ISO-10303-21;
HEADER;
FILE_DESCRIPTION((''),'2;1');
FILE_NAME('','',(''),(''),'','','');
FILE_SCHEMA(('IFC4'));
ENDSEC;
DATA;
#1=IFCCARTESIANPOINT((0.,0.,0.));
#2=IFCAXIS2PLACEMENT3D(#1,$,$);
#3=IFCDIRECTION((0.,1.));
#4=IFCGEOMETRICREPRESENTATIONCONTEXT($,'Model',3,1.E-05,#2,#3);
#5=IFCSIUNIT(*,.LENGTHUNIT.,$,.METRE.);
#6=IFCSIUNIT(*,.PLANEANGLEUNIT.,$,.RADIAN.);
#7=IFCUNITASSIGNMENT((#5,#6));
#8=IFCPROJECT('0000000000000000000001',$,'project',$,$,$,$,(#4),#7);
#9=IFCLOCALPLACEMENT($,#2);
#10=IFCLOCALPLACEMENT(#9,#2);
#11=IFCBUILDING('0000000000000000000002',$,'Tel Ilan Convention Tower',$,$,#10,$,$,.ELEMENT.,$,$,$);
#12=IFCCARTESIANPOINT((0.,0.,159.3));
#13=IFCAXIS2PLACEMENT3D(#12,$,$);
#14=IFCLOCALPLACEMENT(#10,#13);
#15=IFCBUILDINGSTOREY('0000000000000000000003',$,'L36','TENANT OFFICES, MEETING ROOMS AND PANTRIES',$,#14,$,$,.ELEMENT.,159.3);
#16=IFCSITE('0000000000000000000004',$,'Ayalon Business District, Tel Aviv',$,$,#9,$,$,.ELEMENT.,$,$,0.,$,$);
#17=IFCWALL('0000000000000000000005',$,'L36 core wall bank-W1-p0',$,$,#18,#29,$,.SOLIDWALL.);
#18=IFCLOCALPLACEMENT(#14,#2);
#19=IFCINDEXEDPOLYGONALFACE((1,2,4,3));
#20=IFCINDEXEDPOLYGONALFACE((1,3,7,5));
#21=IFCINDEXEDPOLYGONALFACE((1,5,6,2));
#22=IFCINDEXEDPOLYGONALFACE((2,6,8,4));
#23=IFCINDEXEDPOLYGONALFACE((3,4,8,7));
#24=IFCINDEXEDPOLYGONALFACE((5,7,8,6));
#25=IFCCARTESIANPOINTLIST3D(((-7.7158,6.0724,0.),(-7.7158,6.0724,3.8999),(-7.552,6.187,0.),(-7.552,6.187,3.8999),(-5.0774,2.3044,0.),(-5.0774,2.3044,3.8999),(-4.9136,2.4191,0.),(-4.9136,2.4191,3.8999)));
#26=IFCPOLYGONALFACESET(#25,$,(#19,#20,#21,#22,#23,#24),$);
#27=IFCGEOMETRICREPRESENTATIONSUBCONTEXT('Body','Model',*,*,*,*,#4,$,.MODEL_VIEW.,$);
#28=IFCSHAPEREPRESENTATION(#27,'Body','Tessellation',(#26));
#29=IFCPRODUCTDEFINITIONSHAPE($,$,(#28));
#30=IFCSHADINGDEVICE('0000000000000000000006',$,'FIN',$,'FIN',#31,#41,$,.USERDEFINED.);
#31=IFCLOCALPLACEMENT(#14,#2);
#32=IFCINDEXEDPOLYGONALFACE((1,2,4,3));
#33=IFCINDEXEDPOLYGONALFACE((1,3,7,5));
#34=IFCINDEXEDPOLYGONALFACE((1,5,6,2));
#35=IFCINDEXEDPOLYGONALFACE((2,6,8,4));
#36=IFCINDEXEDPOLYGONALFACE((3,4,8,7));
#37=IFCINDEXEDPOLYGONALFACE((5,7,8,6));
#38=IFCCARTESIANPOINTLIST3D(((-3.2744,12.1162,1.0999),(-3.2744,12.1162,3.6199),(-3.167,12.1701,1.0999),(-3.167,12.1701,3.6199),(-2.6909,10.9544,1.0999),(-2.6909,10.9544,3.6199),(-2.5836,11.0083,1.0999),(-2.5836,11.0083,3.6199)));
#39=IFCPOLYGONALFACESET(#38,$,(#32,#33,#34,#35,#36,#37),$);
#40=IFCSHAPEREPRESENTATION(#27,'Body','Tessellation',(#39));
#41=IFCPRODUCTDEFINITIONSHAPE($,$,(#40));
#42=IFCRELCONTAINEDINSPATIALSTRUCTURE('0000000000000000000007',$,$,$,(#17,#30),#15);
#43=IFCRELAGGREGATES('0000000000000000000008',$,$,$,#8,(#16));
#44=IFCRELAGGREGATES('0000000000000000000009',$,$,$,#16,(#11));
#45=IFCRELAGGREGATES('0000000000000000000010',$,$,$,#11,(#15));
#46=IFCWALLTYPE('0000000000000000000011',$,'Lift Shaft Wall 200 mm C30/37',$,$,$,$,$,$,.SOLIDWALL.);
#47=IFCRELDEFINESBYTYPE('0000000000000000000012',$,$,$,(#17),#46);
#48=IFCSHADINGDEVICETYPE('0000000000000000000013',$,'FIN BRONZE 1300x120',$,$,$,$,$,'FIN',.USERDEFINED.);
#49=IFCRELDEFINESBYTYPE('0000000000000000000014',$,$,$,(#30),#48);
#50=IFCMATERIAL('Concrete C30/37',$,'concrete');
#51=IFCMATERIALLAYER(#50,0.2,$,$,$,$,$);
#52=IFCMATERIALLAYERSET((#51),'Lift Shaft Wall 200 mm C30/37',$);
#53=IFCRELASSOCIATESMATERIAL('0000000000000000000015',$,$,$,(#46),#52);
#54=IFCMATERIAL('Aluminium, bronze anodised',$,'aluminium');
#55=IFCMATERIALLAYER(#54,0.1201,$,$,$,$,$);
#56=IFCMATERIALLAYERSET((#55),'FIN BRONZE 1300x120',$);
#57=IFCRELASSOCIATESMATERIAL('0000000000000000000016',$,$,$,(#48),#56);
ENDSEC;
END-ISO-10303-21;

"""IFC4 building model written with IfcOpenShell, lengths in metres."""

from ifc_helpers import new_model, si_unit, direction, frame, frame_2d, origin, origin_2d, place, context, subcontext, project, spatial, rectangle, extrude, material, layer, layer_set, type_object, element, save


model = new_model("IFC4")

# Units and contexts
model_context = context("Model", 3, precision=1e-05, world=origin(), true_north=direction((0.0, 1.0)))
body_context = subcontext(model_context, "Body", "Model", "MODEL_VIEW")
ifc_project = project(units=[si_unit("LENGTHUNIT", "METRE"), si_unit("PLANEANGLEUNIT", "RADIAN")], contexts=[model_context])

# Site, building, storey
site_placement = place(None, origin())
site = spatial("IfcSite", under=ifc_project, at=site_placement, Name="Ayalon Business District, Tel Aviv", CompositionType="ELEMENT", RefElevation=0.0)
building_placement = place(site_placement, origin())
building = spatial("IfcBuilding", under=site, at=building_placement, Name="Tel Ilan Convention Tower", CompositionType="ELEMENT")
storey_placement = place(building_placement, frame((0.0, 0.0, 159.3)))
storey = spatial("IfcBuildingStorey", under=building, at=storey_placement, Name="L36", Description="TENANT OFFICES, MEETING ROOMS AND PANTRIES", CompositionType="ELEMENT", Elevation=159.3)

# Wall
ifc_material_1 = material(Name="Concrete C30/37", Category="concrete")
ifc_layer_1 = layer(ifc_material_1, 0.2)
ifc_layer_set_1 = layer_set([ifc_layer_1], Name="Lift Shaft Wall 200 mm C30/37")
wall_type_1 = type_object("IfcWallType", Name="Lift Shaft Wall 200 mm C30/37", PredefinedType="SOLIDWALL", material=ifc_layer_set_1)
wall_1_placement = place(storey_placement, frame((-4.9956, 2.3618, 0.0), z_axis=(0.0, 0.0, 1.0), x_axis=(-0.573576, 0.819152, 0.0)))
element("IfcWall", 1, at=wall_1_placement, inside=storey, type_object=wall_type_1, Name="L36 core wall bank-W1-p0", PredefinedType="SOLIDWALL", context=body_context, shape_type="SweptSolid", body=[
    extrude(rectangle(XDim=4.5999, YDim=0.2, at=frame_2d((2.2998, 0.0))), origin(), (0.0, 0.0, 1.0), 3.8999),
])

# Shading device
ifc_material_2 = material(Name="Aluminium, bronze anodised", Category="aluminium")
ifc_layer_2 = layer(ifc_material_2, 0.1201)
ifc_layer_set_2 = layer_set([ifc_layer_2], Name="FIN BRONZE 1300x120")
shading_device_type = type_object("IfcShadingDeviceType", Name="FIN BRONZE 1300x120", ElementType="FIN", PredefinedType="USERDEFINED", material=ifc_layer_set_2)
shading_device_placement = place(storey_placement, frame((-2.929, 11.5623, 1.0999), z_axis=(0.0, 0.0, 1.0), x_axis=(-0.448799, 0.893633, 0.0)))
element("IfcShadingDevice", 2, at=shading_device_placement, inside=storey, type_object=shading_device_type, Name="FIN", ObjectType="FIN", PredefinedType="USERDEFINED", context=body_context, shape_type="SweptSolid", body=[
    extrude(rectangle(XDim=1.3, YDim=0.1201, at=origin_2d()), origin(), (0.0, 0.0, 1.0), 2.52),
])

save(model, "model.ifc")
